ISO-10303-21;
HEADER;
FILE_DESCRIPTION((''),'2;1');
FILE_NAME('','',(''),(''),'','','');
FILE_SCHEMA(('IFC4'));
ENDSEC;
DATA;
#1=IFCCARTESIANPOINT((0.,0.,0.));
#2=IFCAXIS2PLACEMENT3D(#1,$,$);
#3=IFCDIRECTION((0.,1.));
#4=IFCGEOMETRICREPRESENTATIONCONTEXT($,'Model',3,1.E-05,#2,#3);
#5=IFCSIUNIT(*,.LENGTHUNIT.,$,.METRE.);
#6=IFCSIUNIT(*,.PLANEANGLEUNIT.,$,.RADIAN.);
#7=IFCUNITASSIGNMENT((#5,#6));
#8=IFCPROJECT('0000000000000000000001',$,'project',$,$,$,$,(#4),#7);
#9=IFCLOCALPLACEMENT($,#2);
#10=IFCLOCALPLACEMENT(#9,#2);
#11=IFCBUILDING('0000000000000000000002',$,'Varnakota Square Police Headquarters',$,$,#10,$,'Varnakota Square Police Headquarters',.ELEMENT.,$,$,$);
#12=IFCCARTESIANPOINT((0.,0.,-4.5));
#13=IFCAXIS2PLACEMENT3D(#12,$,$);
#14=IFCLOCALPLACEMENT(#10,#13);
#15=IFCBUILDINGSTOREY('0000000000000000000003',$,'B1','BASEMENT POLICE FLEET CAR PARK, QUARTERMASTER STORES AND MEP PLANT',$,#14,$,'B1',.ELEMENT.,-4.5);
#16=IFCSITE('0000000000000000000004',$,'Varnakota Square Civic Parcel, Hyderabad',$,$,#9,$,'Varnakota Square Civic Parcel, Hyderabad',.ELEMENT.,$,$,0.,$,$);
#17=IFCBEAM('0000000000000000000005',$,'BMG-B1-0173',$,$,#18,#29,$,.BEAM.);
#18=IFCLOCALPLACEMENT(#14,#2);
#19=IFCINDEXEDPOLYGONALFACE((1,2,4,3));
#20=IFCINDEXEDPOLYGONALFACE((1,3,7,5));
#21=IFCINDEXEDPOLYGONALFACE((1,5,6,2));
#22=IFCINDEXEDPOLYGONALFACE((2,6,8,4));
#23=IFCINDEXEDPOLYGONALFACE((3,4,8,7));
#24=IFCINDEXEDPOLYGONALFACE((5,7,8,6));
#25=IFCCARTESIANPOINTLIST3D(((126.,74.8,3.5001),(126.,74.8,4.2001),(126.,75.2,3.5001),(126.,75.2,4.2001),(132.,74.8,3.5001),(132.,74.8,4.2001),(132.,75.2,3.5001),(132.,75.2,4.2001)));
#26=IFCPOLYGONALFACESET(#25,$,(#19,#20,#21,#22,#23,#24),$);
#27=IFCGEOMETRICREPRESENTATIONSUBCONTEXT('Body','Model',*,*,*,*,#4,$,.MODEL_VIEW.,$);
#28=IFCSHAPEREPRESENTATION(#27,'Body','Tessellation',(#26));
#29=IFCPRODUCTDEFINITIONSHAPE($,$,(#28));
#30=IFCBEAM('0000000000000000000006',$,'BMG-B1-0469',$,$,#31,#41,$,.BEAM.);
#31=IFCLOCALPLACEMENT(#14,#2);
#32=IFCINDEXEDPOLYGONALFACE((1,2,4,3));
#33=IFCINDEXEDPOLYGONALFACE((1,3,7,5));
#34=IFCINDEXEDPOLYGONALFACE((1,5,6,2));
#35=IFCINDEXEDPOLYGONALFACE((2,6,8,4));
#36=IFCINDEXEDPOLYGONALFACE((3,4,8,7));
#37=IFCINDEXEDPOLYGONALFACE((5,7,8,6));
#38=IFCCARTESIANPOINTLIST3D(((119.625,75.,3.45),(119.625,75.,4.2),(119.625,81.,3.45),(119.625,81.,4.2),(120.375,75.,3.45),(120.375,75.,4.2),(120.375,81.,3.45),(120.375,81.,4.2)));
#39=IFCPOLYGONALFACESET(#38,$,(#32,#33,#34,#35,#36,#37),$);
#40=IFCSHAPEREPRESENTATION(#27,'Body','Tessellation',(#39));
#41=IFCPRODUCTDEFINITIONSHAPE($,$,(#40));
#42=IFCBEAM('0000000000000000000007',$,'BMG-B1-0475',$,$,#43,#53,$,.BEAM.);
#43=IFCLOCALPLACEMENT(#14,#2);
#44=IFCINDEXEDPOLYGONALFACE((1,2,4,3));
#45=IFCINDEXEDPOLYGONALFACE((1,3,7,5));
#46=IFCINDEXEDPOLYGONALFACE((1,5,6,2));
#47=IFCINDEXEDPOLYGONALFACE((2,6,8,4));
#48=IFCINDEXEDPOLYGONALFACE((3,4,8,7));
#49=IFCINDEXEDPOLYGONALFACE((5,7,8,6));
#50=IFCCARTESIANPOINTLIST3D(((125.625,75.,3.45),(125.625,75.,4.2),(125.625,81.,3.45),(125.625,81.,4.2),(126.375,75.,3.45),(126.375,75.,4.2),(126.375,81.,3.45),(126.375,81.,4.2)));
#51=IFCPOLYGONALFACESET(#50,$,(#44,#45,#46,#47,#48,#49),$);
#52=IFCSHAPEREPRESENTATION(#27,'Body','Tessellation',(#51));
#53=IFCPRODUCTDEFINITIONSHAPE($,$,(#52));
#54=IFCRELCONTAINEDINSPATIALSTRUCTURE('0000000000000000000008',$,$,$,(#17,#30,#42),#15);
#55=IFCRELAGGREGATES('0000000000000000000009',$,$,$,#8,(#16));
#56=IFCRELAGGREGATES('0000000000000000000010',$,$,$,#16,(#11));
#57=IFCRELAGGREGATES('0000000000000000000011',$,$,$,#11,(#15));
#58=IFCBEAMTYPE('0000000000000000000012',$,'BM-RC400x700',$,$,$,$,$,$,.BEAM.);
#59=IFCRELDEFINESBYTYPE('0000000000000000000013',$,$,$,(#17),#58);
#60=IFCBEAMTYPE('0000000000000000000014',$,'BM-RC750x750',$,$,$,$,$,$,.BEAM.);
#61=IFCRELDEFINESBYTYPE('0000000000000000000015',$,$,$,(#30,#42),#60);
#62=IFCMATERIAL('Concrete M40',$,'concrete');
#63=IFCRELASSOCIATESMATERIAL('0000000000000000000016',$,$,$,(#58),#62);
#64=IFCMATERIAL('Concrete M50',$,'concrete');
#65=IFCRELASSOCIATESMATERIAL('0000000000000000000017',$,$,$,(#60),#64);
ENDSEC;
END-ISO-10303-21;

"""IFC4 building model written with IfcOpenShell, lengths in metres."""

from ifc_helpers import new_model, si_unit, direction, frame, origin, origin_2d, place, context, subcontext, project, spatial, rectangle, extrude, material, material_profile, profile_set, type_object, element, save


model = new_model("IFC4")

# Units and contexts
model_context = context("Model", 3, precision=1e-05, world=origin(), true_north=direction((0.0, 1.0)))
body_context = subcontext(model_context, "Body", "Model", "MODEL_VIEW")
ifc_project = project(units=[si_unit("LENGTHUNIT", "METRE"), si_unit("PLANEANGLEUNIT", "RADIAN")], contexts=[model_context])

# Site, building, storey
site_placement = place(None, origin())
site = spatial("IfcSite", under=ifc_project, at=site_placement, Name="Varnakota Square Civic Parcel, Hyderabad", LongName="Varnakota Square Civic Parcel, Hyderabad", CompositionType="ELEMENT", RefElevation=0.0)
building_placement = place(site_placement, origin())
building = spatial("IfcBuilding", under=site, at=building_placement, Name="Varnakota Square Police Headquarters", LongName="Varnakota Square Police Headquarters", CompositionType="ELEMENT")
storey_placement = place(building_placement, frame((0.0, 0.0, -4.5)))
storey = spatial("IfcBuildingStorey", under=building, at=storey_placement, Name="B1", Description="BASEMENT POLICE FLEET CAR PARK, QUARTERMASTER STORES AND MEP PLANT", LongName="B1", CompositionType="ELEMENT", Elevation=-4.5)

# Shared definitions
ifc_material_1 = material(Name="Concrete M40", Category="concrete")

# Shared definitions
ifc_material_2 = material(Name="Concrete M50", Category="concrete")

# Beams
ifc_material_profile_1 = material_profile(ifc_material_1, rectangle(XDim=0.3999, YDim=0.7, at=origin_2d()), Name="RC 400x700")
ifc_profile_set_1 = profile_set([ifc_material_profile_1], Name="Concrete M40")
beam_type_1 = type_object("IfcBeamType", Name="BM-RC400x700", PredefinedType="BEAM", material=ifc_profile_set_1)
for number, where, z_axis, x_axis, name in (
    (1, (126.0, 75.0, 3.8501), (1.0, 0.0, 0.0), (0.0, 1.0, 0.0), "BMG-B1-0173"),
):
    element("IfcBeam", number, at=place(storey_placement, frame(where, z_axis=z_axis, x_axis=x_axis)), inside=storey, type_object=beam_type_1, Name=name, PredefinedType="BEAM", context=body_context, shape_type="SweptSolid", body=[
        extrude(rectangle(XDim=0.3999, YDim=0.7, at=origin_2d()), origin(), (0.0, 0.0, 1.0), 6.0),
    ])
ifc_material_profile_2 = material_profile(ifc_material_2, rectangle(XDim=0.75, YDim=0.75, at=origin_2d()), Name="RC 750x750")
ifc_profile_set_2 = profile_set([ifc_material_profile_2], Name="Concrete M50")
beam_type_2 = type_object("IfcBeamType", Name="BM-RC750x750", PredefinedType="BEAM", material=ifc_profile_set_2)
for number, where, z_axis, x_axis, name in (
    (2, (120.0, 75.0, 3.825), (0.0, 1.0, 0.0), (-1.0, 0.0, 0.0), "BMG-B1-0469"),
    (3, (126.0, 75.0, 3.825), (0.0, 1.0, 0.0), (-1.0, 0.0, 0.0), "BMG-B1-0475"),
):
    element("IfcBeam", number, at=place(storey_placement, frame(where, z_axis=z_axis, x_axis=x_axis)), inside=storey, type_object=beam_type_2, Name=name, PredefinedType="BEAM", context=body_context, shape_type="SweptSolid", body=[
        extrude(rectangle(XDim=0.75, YDim=0.75, at=origin_2d()), origin(), (0.0, 0.0, 1.0), 6.0),
    ])

save(model, "model.ifc")
